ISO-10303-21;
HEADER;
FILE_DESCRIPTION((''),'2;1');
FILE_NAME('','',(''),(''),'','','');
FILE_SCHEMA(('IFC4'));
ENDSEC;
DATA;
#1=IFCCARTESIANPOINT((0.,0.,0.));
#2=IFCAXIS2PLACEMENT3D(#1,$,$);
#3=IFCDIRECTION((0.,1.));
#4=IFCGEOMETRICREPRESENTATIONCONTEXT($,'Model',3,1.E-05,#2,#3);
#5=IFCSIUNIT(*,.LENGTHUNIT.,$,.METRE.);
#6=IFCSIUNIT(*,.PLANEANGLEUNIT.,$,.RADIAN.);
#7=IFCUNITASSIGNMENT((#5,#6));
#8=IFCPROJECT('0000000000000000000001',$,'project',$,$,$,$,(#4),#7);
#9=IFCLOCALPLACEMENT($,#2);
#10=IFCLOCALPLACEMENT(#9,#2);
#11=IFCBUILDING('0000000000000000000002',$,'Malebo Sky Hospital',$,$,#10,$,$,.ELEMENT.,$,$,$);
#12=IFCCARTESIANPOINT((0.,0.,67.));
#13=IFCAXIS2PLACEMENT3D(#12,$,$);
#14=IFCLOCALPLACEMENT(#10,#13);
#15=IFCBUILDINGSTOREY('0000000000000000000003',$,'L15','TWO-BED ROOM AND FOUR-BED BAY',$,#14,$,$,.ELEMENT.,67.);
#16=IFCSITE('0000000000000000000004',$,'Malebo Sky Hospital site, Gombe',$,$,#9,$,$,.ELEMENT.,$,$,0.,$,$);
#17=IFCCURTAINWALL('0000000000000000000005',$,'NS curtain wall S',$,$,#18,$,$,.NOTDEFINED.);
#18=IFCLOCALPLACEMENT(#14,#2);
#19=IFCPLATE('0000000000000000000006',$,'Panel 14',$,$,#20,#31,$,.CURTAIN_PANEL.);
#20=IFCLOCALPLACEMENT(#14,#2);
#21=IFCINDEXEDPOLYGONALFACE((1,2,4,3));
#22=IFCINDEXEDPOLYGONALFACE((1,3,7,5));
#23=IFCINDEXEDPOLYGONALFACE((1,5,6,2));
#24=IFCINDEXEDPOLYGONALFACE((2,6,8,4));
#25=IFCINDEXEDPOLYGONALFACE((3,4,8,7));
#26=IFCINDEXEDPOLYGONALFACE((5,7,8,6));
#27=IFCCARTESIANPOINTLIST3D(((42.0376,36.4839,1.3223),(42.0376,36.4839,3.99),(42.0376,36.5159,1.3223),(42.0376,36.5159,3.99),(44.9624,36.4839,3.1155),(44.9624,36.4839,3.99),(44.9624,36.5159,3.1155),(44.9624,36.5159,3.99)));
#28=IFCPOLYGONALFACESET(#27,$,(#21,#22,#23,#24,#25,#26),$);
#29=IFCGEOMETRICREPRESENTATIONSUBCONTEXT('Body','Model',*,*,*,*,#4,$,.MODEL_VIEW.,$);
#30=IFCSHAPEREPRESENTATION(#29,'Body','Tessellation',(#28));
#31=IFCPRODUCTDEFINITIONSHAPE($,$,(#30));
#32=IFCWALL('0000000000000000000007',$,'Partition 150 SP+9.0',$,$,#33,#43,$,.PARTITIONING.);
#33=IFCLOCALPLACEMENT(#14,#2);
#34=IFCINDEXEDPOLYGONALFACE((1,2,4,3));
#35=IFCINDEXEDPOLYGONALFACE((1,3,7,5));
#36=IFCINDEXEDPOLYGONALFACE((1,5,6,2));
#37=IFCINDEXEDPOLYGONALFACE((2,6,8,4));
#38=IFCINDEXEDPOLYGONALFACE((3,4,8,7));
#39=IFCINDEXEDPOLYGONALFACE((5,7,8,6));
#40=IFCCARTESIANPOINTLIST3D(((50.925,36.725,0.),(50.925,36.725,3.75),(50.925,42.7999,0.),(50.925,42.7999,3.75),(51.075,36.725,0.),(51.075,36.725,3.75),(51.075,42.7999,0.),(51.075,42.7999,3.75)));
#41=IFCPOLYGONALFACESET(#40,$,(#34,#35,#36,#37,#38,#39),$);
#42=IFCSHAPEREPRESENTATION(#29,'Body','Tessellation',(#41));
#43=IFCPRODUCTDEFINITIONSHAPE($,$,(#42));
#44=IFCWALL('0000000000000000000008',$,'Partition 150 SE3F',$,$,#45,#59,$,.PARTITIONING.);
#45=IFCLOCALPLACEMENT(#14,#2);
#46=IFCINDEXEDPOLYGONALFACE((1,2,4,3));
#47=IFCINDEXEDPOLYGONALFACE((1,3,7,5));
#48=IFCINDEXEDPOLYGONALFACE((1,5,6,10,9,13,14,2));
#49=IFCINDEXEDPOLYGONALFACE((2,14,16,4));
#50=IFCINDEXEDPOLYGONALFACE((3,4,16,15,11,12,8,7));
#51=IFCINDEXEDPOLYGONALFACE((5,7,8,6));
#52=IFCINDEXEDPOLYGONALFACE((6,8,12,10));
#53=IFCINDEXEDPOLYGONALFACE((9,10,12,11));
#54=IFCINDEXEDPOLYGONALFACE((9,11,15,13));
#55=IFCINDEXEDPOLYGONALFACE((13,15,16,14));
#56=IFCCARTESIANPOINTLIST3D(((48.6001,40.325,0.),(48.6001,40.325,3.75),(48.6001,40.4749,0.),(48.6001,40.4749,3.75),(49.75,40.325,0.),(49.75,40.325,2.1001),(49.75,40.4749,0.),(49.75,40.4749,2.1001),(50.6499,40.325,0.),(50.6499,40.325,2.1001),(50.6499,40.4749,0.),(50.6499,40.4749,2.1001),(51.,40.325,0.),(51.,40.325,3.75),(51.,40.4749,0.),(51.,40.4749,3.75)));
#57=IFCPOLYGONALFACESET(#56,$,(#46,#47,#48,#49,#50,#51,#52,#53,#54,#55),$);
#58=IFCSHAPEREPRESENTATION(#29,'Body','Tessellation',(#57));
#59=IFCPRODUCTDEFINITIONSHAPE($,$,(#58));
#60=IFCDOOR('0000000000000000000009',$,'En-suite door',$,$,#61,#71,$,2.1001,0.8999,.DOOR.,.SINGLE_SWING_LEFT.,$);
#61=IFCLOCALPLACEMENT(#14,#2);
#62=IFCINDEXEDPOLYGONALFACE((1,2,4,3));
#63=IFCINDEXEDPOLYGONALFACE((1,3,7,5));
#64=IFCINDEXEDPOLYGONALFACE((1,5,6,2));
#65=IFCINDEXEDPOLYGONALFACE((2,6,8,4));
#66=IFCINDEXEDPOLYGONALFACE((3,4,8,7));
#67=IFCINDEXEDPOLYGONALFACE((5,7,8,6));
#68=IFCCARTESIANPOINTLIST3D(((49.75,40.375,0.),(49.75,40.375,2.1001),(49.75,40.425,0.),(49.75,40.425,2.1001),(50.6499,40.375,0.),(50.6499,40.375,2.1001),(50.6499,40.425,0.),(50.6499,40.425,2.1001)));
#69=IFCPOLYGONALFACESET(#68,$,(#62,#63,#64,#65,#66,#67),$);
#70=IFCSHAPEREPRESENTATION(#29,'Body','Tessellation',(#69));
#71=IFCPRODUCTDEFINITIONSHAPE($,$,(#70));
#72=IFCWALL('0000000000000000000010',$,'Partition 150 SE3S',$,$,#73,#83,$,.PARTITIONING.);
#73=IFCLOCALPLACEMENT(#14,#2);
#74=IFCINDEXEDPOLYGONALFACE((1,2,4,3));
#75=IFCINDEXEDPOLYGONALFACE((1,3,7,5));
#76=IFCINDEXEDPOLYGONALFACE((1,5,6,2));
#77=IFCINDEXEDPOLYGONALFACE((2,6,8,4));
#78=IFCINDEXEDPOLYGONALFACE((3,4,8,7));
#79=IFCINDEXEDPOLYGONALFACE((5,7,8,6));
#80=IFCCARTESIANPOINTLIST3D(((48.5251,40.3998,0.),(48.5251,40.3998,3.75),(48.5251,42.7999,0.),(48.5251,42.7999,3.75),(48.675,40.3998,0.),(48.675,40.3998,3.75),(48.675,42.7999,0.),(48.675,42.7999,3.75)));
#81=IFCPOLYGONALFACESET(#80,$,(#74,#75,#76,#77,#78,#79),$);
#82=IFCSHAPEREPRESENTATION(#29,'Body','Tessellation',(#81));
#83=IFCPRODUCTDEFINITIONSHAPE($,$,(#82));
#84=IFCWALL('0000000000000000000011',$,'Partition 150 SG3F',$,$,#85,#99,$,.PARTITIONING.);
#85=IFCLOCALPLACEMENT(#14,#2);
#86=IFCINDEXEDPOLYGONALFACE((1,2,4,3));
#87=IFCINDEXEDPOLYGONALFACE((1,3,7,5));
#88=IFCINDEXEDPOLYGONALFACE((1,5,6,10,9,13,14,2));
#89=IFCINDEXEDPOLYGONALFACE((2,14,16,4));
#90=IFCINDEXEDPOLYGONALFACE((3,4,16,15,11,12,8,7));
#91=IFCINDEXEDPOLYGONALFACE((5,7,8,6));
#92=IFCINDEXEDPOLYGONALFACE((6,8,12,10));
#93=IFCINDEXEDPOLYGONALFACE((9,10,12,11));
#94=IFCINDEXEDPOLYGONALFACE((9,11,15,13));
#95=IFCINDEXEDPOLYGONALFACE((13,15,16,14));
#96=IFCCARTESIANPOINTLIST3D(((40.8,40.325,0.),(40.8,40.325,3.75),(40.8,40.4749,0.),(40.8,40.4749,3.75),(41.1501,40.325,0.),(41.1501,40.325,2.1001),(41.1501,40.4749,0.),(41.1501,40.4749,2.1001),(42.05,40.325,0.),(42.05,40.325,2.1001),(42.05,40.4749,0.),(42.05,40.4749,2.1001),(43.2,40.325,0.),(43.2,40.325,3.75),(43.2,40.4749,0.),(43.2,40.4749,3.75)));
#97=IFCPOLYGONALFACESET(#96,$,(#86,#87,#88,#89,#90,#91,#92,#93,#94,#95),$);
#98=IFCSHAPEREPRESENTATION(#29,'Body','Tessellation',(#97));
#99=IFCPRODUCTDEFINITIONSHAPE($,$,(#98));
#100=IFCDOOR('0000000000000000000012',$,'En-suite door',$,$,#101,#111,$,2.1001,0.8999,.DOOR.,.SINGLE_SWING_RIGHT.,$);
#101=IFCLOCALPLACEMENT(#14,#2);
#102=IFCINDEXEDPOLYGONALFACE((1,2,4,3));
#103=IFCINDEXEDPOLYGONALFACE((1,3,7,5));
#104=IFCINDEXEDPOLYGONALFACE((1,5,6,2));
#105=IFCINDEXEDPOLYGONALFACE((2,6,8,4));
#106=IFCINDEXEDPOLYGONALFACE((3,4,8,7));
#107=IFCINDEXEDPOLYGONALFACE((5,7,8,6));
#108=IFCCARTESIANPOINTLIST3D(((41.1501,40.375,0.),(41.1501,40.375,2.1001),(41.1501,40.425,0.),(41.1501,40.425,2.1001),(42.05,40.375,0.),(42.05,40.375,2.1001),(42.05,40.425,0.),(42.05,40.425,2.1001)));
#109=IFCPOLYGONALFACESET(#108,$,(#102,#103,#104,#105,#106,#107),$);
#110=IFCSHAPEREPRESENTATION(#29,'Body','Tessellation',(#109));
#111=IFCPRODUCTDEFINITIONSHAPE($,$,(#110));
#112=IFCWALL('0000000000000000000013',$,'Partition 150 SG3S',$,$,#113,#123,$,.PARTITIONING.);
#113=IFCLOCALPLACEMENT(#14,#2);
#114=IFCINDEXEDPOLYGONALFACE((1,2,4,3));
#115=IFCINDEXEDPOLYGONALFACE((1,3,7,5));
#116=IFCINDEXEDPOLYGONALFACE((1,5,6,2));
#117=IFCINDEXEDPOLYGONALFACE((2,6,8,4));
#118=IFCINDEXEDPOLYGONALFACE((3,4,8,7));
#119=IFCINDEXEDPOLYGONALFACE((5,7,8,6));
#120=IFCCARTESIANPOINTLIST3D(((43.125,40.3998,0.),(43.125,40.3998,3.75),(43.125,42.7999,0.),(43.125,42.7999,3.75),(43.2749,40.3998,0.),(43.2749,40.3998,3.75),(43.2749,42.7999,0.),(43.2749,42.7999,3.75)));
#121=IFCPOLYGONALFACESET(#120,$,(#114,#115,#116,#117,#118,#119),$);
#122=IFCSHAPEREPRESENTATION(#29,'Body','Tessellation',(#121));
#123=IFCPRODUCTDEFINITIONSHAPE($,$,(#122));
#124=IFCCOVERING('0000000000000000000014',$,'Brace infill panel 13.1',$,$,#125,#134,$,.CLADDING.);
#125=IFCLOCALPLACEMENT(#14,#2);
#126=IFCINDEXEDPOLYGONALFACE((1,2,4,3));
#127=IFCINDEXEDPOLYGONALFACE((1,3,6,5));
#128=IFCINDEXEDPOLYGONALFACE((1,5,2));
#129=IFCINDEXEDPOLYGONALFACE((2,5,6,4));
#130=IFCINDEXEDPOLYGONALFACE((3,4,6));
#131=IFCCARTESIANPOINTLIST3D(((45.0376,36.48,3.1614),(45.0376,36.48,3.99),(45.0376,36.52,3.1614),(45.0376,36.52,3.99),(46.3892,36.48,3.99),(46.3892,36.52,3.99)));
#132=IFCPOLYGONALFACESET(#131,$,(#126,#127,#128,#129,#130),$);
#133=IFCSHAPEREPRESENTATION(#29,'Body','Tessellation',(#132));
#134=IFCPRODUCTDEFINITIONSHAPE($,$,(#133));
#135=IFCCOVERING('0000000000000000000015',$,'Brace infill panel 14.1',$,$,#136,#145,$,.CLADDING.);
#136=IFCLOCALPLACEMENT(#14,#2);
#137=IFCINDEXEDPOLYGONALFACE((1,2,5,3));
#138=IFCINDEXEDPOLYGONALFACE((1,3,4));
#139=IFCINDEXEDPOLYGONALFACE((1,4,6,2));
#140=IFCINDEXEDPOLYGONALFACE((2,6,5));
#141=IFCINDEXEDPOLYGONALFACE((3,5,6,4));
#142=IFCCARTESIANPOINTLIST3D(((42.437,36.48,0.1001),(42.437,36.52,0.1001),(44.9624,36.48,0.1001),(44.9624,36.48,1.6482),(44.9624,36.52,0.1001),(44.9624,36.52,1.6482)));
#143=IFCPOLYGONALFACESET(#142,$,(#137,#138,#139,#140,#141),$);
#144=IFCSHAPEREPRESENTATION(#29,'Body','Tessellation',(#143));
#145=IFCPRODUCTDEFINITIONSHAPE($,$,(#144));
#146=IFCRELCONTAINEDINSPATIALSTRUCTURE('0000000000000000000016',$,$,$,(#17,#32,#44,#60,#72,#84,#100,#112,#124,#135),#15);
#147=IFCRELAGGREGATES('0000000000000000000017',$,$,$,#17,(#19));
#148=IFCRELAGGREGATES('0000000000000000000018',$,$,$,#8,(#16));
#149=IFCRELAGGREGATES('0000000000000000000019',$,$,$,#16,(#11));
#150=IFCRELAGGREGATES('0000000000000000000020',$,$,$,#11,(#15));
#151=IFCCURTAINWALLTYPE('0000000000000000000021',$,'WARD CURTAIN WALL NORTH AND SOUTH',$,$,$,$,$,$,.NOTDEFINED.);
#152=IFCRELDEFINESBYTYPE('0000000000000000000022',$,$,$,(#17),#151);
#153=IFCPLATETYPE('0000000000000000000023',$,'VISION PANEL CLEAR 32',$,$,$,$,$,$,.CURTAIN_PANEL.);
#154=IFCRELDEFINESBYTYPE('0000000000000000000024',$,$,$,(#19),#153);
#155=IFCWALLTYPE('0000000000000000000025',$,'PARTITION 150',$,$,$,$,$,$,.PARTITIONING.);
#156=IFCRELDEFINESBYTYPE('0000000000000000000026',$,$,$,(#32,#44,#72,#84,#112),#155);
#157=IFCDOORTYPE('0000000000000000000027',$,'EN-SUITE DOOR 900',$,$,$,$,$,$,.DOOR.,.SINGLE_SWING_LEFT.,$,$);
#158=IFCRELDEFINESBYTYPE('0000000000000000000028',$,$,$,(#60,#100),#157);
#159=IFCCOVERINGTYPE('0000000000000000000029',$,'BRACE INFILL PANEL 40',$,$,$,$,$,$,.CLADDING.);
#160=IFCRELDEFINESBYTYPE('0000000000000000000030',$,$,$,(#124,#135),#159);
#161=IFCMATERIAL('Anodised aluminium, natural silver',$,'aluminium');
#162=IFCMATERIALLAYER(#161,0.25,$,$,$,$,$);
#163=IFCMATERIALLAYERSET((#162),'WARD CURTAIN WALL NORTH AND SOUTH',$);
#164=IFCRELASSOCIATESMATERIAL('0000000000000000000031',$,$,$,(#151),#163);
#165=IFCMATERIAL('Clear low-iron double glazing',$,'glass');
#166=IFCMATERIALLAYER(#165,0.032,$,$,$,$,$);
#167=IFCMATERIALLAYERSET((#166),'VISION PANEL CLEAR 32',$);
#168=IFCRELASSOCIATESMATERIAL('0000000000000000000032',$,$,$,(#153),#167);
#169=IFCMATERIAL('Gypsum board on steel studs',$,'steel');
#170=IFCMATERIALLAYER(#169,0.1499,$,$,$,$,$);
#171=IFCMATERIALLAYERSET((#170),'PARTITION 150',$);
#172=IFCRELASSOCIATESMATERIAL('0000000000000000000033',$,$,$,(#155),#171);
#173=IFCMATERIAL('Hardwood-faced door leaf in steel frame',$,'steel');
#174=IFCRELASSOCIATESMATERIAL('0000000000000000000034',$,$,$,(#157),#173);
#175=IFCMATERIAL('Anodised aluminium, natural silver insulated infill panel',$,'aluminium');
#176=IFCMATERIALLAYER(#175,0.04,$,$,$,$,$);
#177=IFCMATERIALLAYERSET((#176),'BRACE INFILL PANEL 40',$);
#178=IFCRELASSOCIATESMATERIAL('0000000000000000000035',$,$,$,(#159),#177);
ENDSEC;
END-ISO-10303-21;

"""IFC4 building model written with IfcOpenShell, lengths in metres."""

from ifc_helpers import new_model, si_unit, direction, frame, frame_2d, origin, place, context, subcontext, project, spatial, polyline, rectangle, outline, extrude, material, layer, layer_set, type_object, element, fill, aggregate, save


model = new_model("IFC4")

# Units and contexts
model_context = context("Model", 3, precision=1e-05, world=origin(), true_north=direction((0.0, 1.0)))
body_context = subcontext(model_context, "Body", "Model", "MODEL_VIEW")
ifc_project = project(units=[si_unit("LENGTHUNIT", "METRE"), si_unit("PLANEANGLEUNIT", "RADIAN")], contexts=[model_context])

# Site, building, storey
site_placement = place(None, origin())
site = spatial("IfcSite", under=ifc_project, at=site_placement, Name="Malebo Sky Hospital site, Gombe", CompositionType="ELEMENT", RefElevation=0.0)
building_placement = place(site_placement, origin())
building = spatial("IfcBuilding", under=site, at=building_placement, Name="Malebo Sky Hospital", CompositionType="ELEMENT")
storey_placement = place(building_placement, frame((0.0, 0.0, 67.0)))
storey = spatial("IfcBuildingStorey", under=building, at=storey_placement, Name="L15", Description="TWO-BED ROOM AND FOUR-BED BAY", CompositionType="ELEMENT", Elevation=67.0)

# Curtain wall
ifc_material_1 = material(Name="Anodised aluminium, natural silver", Category="aluminium")
ifc_layer_1 = layer(ifc_material_1, 0.25)
ifc_layer_set_1 = layer_set([ifc_layer_1], Name="WARD CURTAIN WALL NORTH AND SOUTH")
curtain_wall_type = type_object("IfcCurtainWallType", Name="WARD CURTAIN WALL NORTH AND SOUTH", PredefinedType="NOTDEFINED", material=ifc_layer_set_1)
curtain_wall_placement = place(storey_placement, origin())
curtain_wall = element("IfcCurtainWall", 1, at=curtain_wall_placement, inside=storey, type_object=curtain_wall_type, Name="NS curtain wall S", PredefinedType="NOTDEFINED")

# Plate
ifc_material_2 = material(Name="Clear low-iron double glazing", Category="glass")
ifc_layer_2 = layer(ifc_material_2, 0.032)
ifc_layer_set_2 = layer_set([ifc_layer_2], Name="VISION PANEL CLEAR 32")
plate_type = type_object("IfcPlateType", Name="VISION PANEL CLEAR 32", PredefinedType="CURTAIN_PANEL", material=ifc_layer_set_2)
plate_1_placement = place(storey_placement, frame((43.5, 36.5, 1.3223), z_axis=(0.0, 0.0, 1.0), x_axis=(-1.0, 0.0, 0.0)))
plate_1 = element("IfcPlate", 2, at=plate_1_placement, type_object=plate_type, Name="Panel 14", PredefinedType="CURTAIN_PANEL", context=body_context, shape_type="SweptSolid", body=[
    extrude(outline(polyline([(1.4624, 0.0), (1.4624, 2.6677), (-1.4624, 2.6677), (-1.4624, 1.7932), (1.4624, 0.0)])), frame((0.0, 0.0161, 0.0), z_axis=(0.0, -1.0, 0.0), x_axis=(1.0, 0.0, 0.0)), (0.0, 0.0, 1.0), 0.032),
])
aggregate(curtain_wall, [plate_1])

# Wall
ifc_material_3 = material(Name="Gypsum board on steel studs", Category="steel")
ifc_layer_3 = layer(ifc_material_3, 0.1499)
ifc_layer_set_3 = layer_set([ifc_layer_3], Name="PARTITION 150")
wall_type = type_object("IfcWallType", Name="PARTITION 150", PredefinedType="PARTITIONING", material=ifc_layer_set_3)
wall_1_placement = place(storey_placement, frame((51.0, 42.8, 0.0), z_axis=(0.0, 0.0, 1.0), x_axis=(0.0, -1.0, 0.0)))
element("IfcWall", 3, at=wall_1_placement, inside=storey, type_object=wall_type, Name="Partition 150 SP+9.0", PredefinedType="PARTITIONING", context=body_context, shape_type="SweptSolid", body=[
    extrude(rectangle(XDim=6.075, YDim=0.1499, at=frame_2d((3.0376, 0.0))), origin(), (0.0, 0.0, 1.0), 3.75),
])

# Wall, opening, door
wall_2_placement = place(storey_placement, frame((51.0, 40.3999, 0.0), z_axis=(0.0, 0.0, 1.0), x_axis=(-1.0, 0.0, 0.0)))
wall_2 = element("IfcWall", 4, at=wall_2_placement, inside=storey, type_object=wall_type, Name="Partition 150 SE3F", PredefinedType="PARTITIONING", context=body_context, shape_type="SweptSolid", body=[
    extrude(rectangle(XDim=2.3999, YDim=0.1499, at=frame_2d((1.2, 0.0))), origin(), (0.0, 0.0, 1.0), 3.75),
])
opening_1_placement = place(wall_2_placement, frame((0.3501, 0.0, 0.0)))
opening_1 = element("IfcOpeningElement", 5, at=opening_1_placement, cuts=wall_2, PredefinedType="OPENING", context=body_context, shape_type="SweptSolid", body=[
    extrude(rectangle(XDim=0.8999, YDim=2.1001, at=frame_2d((0.45, 1.05))), frame((0.0, 0.085, 0.0), z_axis=(0.0, -1.0, 0.0), x_axis=(1.0, 0.0, 0.0)), (0.0, 0.0, 1.0), 0.1699),
])
ifc_material_4 = material(Name="Hardwood-faced door leaf in steel frame", Category="steel")
door_type = type_object("IfcDoorType", Name="EN-SUITE DOOR 900", OperationType="SINGLE_SWING_LEFT", PredefinedType="DOOR", material=ifc_material_4)
door_1_placement = place(opening_1_placement, origin())
door_1 = element("IfcDoor", 6, at=door_1_placement, inside=storey, type_object=door_type, Name="En-suite door", OperationType="SINGLE_SWING_LEFT", OverallHeight=2.1001, OverallWidth=0.8999, PredefinedType="DOOR", context=body_context, shape_type="SweptSolid", body=[
    extrude(rectangle(XDim=0.8999, YDim=2.1001, at=frame_2d((0.45, 1.05))), frame((0.0, 0.0249, 0.0), z_axis=(0.0, -1.0, 0.0), x_axis=(1.0, 0.0, 0.0)), (0.0, 0.0, 1.0), 0.05),
])
fill(opening_1, door_1)

# Wall
wall_3_placement = place(storey_placement, frame((48.6001, 42.8, 0.0), z_axis=(0.0, 0.0, 1.0), x_axis=(0.0, -1.0, 0.0)))
element("IfcWall", 7, at=wall_3_placement, inside=storey, type_object=wall_type, Name="Partition 150 SE3S", PredefinedType="PARTITIONING", context=body_context, shape_type="SweptSolid", body=[
    extrude(rectangle(XDim=2.4001, YDim=0.1499, at=frame_2d((1.2002, 0.0))), origin(), (0.0, 0.0, 1.0), 3.75),
])

# Wall, opening, door
wall_4_placement = place(storey_placement, frame((43.2, 40.3999, 0.0), z_axis=(0.0, 0.0, 1.0), x_axis=(-1.0, 0.0, 0.0)))
wall_4 = element("IfcWall", 8, at=wall_4_placement, inside=storey, type_object=wall_type, Name="Partition 150 SG3F", PredefinedType="PARTITIONING", context=body_context, shape_type="SweptSolid", body=[
    extrude(rectangle(XDim=2.3999, YDim=0.1499, at=frame_2d((1.2, 0.0))), origin(), (0.0, 0.0, 1.0), 3.75),
])
opening_2_placement = place(wall_4_placement, frame((1.1499, 0.0, 0.0)))
opening_2 = element("IfcOpeningElement", 9, at=opening_2_placement, cuts=wall_4, PredefinedType="OPENING", context=body_context, shape_type="SweptSolid", body=[
    extrude(rectangle(XDim=0.8999, YDim=2.1001, at=frame_2d((0.45, 1.05))), frame((0.0, 0.085, 0.0), z_axis=(0.0, -1.0, 0.0), x_axis=(1.0, 0.0, 0.0)), (0.0, 0.0, 1.0), 0.1699),
])
door_2_placement = place(opening_2_placement, origin())
door_2 = element("IfcDoor", 10, at=door_2_placement, inside=storey, type_object=door_type, Name="En-suite door", OperationType="SINGLE_SWING_RIGHT", OverallHeight=2.1001, OverallWidth=0.8999, PredefinedType="DOOR", context=body_context, shape_type="SweptSolid", body=[
    extrude(rectangle(XDim=0.8999, YDim=2.1001, at=frame_2d((0.45, 1.05))), frame((0.0, 0.0249, 0.0), z_axis=(0.0, -1.0, 0.0), x_axis=(1.0, 0.0, 0.0)), (0.0, 0.0, 1.0), 0.05),
])
fill(opening_2, door_2)

# Wall
wall_5_placement = place(storey_placement, frame((43.2, 42.8, 0.0), z_axis=(0.0, 0.0, 1.0), x_axis=(0.0, -1.0, 0.0)))
element("IfcWall", 11, at=wall_5_placement, inside=storey, type_object=wall_type, Name="Partition 150 SG3S", PredefinedType="PARTITIONING", context=body_context, shape_type="SweptSolid", body=[
    extrude(rectangle(XDim=2.4001, YDim=0.1499, at=frame_2d((1.2002, 0.0))), origin(), (0.0, 0.0, 1.0), 3.75),
])

# Coverings
ifc_material_5 = material(Name="Anodised aluminium, natural silver insulated infill panel", Category="aluminium")
ifc_layer_4 = layer(ifc_material_5, 0.04)
ifc_layer_set_4 = layer_set([ifc_layer_4], Name="BRACE INFILL PANEL 40")
covering_type = type_object("IfcCoveringType", Name="BRACE INFILL PANEL 40", PredefinedType="CLADDING", material=ifc_layer_set_4)
covering_1_placement = place(storey_placement, frame((45.7134, 36.5, 3.1614), z_axis=(0.0, 0.0, 1.0), x_axis=(-1.0, 0.0, 0.0)))
element("IfcCovering", 12, at=covering_1_placement, inside=storey, type_object=covering_type, Name="Brace infill panel 13.1", PredefinedType="CLADDING", context=body_context, shape_type="SweptSolid", body=[
    extrude(outline(polyline([(0.6758, 0.0), (0.6758, 0.8286), (-0.6758, 0.8286), (0.6758, 0.0)])), frame((0.0, 0.02, 0.0), z_axis=(0.0, -1.0, 0.0), x_axis=(1.0, 0.0, 0.0)), (0.0, 0.0, 1.0), 0.04),
])
covering_2_placement = place(storey_placement, frame((43.6997, 36.5, 0.1001), z_axis=(0.0, 0.0, 1.0), x_axis=(-1.0, 0.0, 0.0)))
element("IfcCovering", 13, at=covering_2_placement, inside=storey, type_object=covering_type, Name="Brace infill panel 14.1", PredefinedType="CLADDING", context=body_context, shape_type="SweptSolid", body=[
    extrude(outline(polyline([(-1.2627, 0.0), (1.2627, 0.0), (-1.2627, 1.5481), (-1.2627, 0.0)])), frame((0.0, 0.02, 0.0), z_axis=(0.0, -1.0, 0.0), x_axis=(1.0, 0.0, 0.0)), (0.0, 0.0, 1.0), 0.04),
])

save(model, "model.ifc")
